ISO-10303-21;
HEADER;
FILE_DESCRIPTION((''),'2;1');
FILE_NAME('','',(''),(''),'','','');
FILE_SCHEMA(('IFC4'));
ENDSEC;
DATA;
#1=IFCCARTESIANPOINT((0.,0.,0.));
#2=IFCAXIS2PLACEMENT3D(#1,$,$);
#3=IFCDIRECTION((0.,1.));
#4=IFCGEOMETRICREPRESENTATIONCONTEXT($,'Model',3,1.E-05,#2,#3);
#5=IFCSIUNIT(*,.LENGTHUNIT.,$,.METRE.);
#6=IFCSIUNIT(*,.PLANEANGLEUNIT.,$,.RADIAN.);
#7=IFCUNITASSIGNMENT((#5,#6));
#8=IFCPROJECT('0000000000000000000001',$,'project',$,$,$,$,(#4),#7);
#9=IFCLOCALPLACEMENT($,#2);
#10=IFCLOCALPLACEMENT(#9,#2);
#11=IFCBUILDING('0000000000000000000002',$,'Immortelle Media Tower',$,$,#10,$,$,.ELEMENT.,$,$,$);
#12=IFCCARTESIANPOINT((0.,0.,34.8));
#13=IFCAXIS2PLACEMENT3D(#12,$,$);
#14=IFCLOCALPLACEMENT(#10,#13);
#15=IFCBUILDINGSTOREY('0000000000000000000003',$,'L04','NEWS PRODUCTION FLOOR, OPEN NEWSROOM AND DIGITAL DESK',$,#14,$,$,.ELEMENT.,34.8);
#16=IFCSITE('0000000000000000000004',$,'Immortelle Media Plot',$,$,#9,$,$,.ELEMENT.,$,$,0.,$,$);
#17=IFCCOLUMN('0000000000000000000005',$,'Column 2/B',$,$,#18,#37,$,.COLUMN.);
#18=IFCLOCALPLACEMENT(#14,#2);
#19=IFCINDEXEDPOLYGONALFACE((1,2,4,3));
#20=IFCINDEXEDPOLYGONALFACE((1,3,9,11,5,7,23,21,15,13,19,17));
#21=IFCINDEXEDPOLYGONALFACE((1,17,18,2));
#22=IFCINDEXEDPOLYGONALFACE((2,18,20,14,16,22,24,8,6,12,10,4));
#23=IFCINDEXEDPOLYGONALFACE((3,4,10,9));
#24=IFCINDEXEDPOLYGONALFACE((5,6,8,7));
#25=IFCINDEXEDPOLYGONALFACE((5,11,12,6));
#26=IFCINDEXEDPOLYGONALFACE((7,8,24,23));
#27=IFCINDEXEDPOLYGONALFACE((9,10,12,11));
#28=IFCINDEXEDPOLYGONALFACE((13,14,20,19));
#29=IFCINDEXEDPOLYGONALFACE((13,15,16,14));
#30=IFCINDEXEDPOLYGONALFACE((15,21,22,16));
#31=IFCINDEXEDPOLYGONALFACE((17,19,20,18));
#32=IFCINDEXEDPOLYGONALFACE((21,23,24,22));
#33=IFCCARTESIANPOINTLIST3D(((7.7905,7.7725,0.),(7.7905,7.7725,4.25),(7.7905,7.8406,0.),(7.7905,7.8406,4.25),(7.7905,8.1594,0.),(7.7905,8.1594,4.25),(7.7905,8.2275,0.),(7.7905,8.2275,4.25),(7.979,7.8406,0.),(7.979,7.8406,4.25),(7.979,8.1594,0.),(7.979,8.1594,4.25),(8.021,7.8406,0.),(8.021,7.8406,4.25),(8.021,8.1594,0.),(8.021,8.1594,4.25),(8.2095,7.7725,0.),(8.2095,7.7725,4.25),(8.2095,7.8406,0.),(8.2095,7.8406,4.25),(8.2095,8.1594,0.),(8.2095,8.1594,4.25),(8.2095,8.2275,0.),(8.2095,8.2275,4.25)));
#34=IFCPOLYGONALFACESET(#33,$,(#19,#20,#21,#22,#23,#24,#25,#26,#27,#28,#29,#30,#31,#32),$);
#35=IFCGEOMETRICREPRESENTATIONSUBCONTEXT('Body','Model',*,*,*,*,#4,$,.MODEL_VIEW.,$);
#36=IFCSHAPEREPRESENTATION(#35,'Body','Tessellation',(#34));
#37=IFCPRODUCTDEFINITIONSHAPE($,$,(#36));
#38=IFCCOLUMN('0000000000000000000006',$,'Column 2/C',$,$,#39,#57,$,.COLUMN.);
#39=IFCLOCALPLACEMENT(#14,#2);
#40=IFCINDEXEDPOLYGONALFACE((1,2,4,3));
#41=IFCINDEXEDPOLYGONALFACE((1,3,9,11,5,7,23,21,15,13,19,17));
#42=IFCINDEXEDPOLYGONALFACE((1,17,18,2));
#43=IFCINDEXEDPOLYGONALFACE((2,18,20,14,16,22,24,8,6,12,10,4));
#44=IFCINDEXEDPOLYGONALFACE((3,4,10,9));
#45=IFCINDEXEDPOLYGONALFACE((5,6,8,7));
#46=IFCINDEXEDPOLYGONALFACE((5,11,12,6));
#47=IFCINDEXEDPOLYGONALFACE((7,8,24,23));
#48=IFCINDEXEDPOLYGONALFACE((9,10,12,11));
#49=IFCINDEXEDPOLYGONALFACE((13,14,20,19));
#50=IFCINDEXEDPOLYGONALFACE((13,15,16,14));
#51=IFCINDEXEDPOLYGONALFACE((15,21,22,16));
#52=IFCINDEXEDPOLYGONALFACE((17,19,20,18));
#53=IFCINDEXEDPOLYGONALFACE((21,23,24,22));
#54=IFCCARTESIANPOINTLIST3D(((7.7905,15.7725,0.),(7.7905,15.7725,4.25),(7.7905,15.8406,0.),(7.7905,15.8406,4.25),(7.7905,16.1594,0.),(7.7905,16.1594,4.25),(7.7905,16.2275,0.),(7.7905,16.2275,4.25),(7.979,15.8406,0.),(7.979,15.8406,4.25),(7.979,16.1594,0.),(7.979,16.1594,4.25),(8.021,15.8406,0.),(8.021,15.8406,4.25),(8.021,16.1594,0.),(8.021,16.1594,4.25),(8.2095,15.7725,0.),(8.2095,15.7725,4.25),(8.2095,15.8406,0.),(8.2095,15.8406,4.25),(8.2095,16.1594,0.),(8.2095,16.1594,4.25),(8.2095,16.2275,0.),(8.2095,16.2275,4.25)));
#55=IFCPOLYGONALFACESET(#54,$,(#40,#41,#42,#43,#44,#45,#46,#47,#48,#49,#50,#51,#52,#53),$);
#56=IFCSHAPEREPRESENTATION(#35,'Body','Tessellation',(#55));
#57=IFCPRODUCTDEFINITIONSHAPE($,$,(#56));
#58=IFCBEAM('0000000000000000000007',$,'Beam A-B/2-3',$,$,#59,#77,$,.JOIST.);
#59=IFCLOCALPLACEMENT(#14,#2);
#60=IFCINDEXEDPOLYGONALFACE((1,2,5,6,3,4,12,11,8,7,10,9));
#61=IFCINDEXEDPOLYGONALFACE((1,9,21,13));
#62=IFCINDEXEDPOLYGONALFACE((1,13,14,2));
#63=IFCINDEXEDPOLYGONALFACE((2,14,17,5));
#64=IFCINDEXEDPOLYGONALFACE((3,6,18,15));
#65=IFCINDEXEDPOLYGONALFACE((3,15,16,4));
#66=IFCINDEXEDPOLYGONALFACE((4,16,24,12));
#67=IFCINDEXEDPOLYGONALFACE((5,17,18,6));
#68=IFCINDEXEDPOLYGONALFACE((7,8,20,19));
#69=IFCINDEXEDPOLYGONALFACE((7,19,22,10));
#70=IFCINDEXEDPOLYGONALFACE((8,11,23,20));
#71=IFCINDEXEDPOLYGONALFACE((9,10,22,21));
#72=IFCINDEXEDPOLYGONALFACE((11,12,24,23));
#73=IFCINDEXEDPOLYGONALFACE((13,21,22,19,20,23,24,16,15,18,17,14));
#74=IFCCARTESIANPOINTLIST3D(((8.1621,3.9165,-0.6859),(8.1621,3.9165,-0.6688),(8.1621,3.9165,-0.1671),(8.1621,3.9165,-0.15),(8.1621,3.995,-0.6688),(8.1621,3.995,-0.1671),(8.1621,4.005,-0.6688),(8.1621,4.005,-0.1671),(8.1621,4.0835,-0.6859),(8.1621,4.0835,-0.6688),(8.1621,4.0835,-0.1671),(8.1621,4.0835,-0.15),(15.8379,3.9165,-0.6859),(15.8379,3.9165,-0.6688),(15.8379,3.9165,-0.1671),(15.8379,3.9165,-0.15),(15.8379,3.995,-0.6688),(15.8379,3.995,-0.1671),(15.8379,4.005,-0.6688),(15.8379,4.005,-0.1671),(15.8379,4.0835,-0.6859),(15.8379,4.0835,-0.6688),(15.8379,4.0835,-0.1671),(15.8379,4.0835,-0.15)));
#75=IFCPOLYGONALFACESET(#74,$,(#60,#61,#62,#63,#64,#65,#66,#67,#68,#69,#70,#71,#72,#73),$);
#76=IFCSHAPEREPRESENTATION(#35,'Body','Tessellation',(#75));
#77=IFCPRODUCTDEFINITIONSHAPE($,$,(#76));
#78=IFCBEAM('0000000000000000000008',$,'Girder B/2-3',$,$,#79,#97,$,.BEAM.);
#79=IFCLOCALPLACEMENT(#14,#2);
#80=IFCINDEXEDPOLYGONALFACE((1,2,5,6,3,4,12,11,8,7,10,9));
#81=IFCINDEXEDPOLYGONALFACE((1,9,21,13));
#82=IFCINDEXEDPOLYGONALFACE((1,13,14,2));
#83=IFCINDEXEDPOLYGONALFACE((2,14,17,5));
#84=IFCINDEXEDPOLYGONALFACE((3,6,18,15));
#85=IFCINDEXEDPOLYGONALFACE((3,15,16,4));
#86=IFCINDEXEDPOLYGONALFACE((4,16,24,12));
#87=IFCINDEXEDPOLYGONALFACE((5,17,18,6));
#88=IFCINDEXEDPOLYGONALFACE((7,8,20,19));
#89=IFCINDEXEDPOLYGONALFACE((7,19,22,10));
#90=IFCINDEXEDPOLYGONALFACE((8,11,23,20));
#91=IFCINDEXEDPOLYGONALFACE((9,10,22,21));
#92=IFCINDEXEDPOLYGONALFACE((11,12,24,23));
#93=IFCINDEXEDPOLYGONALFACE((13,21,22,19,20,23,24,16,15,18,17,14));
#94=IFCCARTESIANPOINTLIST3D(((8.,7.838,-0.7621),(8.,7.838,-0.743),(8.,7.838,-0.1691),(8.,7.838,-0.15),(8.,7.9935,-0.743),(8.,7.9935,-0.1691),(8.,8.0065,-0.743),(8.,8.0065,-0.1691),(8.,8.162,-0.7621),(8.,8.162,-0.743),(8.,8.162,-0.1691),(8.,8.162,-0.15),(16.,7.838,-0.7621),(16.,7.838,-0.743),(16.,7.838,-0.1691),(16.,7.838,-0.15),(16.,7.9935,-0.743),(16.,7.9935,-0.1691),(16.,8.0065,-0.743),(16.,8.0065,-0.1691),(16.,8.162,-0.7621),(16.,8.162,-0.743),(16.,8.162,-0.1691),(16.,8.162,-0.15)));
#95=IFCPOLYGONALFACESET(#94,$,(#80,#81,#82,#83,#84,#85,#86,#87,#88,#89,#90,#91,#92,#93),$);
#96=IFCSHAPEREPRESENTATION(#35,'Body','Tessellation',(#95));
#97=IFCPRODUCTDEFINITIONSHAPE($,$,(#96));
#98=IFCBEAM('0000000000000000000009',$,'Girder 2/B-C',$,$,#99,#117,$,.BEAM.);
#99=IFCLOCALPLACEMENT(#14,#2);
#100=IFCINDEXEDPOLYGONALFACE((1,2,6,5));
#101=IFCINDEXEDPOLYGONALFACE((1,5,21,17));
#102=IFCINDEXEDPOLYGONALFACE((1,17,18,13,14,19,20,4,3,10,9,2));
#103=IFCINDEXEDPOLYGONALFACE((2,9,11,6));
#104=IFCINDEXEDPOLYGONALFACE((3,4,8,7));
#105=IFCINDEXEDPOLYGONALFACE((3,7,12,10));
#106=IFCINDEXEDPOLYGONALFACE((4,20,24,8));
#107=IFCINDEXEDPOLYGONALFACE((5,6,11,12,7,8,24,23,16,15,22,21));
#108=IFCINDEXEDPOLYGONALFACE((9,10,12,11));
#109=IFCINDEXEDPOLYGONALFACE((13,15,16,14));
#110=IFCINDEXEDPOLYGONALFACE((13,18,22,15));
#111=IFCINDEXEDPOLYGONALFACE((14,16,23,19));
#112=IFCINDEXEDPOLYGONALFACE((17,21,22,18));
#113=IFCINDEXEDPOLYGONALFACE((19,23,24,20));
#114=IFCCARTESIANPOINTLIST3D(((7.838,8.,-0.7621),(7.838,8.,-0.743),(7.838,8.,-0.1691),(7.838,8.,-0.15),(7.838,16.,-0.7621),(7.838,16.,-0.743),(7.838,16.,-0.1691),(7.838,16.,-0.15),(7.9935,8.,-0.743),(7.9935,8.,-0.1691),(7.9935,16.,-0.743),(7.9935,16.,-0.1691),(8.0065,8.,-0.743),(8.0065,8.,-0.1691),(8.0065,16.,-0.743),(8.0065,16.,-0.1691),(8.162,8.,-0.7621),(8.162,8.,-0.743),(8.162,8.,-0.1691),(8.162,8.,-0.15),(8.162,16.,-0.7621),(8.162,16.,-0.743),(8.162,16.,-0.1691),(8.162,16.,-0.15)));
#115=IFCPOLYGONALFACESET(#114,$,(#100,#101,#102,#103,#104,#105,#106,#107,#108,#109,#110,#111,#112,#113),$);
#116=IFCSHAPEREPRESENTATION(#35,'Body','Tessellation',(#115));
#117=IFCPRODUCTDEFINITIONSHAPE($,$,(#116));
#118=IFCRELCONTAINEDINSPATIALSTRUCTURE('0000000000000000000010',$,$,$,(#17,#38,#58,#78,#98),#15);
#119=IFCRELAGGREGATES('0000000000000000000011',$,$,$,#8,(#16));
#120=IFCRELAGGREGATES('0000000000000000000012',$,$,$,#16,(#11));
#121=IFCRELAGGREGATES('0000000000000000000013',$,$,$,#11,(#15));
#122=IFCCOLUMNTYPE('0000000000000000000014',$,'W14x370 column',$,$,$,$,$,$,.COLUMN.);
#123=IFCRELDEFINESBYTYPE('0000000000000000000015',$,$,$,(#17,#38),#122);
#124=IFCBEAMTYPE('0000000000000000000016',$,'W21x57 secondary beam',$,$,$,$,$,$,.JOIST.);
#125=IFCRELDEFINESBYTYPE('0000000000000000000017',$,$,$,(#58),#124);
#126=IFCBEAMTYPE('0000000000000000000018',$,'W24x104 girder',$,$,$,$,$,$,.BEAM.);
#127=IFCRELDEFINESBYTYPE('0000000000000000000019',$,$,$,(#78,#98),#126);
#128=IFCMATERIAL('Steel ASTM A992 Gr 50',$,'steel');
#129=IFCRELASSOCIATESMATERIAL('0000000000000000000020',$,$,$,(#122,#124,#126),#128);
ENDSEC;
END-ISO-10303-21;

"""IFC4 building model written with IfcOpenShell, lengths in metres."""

from ifc_helpers import new_model, si_unit, direction, frame, origin, origin_2d, place, context, subcontext, project, spatial, i_section, extrude, material, material_profile, profile_set, type_object, element, save


model = new_model("IFC4")

# Units and contexts
model_context = context("Model", 3, precision=1e-05, world=origin(), true_north=direction((0.0, 1.0)))
body_context = subcontext(model_context, "Body", "Model", "MODEL_VIEW")
ifc_project = project(units=[si_unit("LENGTHUNIT", "METRE"), si_unit("PLANEANGLEUNIT", "RADIAN")], contexts=[model_context])

# Site, building, storey
site_placement = place(None, origin())
site = spatial("IfcSite", under=ifc_project, at=site_placement, Name="Immortelle Media Plot", CompositionType="ELEMENT", RefElevation=0.0)
building_placement = place(site_placement, origin())
building = spatial("IfcBuilding", under=site, at=building_placement, Name="Immortelle Media Tower", CompositionType="ELEMENT")
storey_placement = place(building_placement, frame((0.0, 0.0, 34.8)))
storey = spatial("IfcBuildingStorey", under=building, at=storey_placement, Name="L04", Description="NEWS PRODUCTION FLOOR, OPEN NEWSROOM AND DIGITAL DESK", CompositionType="ELEMENT", Elevation=34.8)

# Columns
ifc_material_1 = material(Name="Steel ASTM A992 Gr 50", Category="steel")
ifc_material_profile_1 = material_profile(ifc_material_1, i_section(OverallWidth=0.4189, OverallDepth=0.4551, WebThickness=0.042, FlangeThickness=0.0681, at=origin_2d()), Name="W14x370")
ifc_profile_set_1 = profile_set([ifc_material_profile_1], Name="Steel ASTM A992 Gr 50")
column_type = type_object("IfcColumnType", Name="W14x370 column", PredefinedType="COLUMN", material=ifc_profile_set_1)
for number, where, z_axis, x_axis, name in (
    (1, (8.0, 8.0, 0.0), (0.0, 0.0, 1.0), (1.0, 0.0, 0.0), "Column 2/B"),
    (2, (8.0, 16.0, 0.0), (0.0, 0.0, 1.0), (1.0, 0.0, 0.0), "Column 2/C"),
):
    element("IfcColumn", number, at=place(storey_placement, frame(where, z_axis=z_axis, x_axis=x_axis)), inside=storey, type_object=column_type, Name=name, PredefinedType="COLUMN", context=body_context, shape_type="SweptSolid", body=[
        extrude(i_section(OverallWidth=0.4189, OverallDepth=0.4551, WebThickness=0.042, FlangeThickness=0.0681, at=origin_2d()), origin(), (0.0, 0.0, 1.0), 4.25),
    ])

# Beams
ifc_material_profile_2 = material_profile(ifc_material_1, i_section(OverallWidth=0.167, OverallDepth=0.5359, WebThickness=0.01, FlangeThickness=0.0171, at=origin_2d()), Name="W21x57")
ifc_profile_set_2 = profile_set([ifc_material_profile_2], Name="Steel ASTM A992 Gr 50")
beam_type_1 = type_object("IfcBeamType", Name="W21x57 secondary beam", PredefinedType="JOIST", material=ifc_profile_set_2)
beam_placement = place(storey_placement, frame((8.1621, 4.0, -0.418), z_axis=(1.0, 0.0, 0.0), x_axis=(0.0, 1.0, 0.0)))
element("IfcBeam", 3, at=beam_placement, inside=storey, type_object=beam_type_1, Name="Beam A-B/2-3", PredefinedType="JOIST", context=body_context, shape_type="SweptSolid", body=[
    extrude(i_section(OverallWidth=0.167, OverallDepth=0.5359, WebThickness=0.01, FlangeThickness=0.0171, at=origin_2d()), origin(), (0.0, 0.0, 1.0), 7.6758),
])
ifc_material_profile_3 = material_profile(ifc_material_1, i_section(OverallWidth=0.324, OverallDepth=0.6121, WebThickness=0.0129, FlangeThickness=0.019, at=origin_2d()), Name="W24x104")
ifc_profile_set_3 = profile_set([ifc_material_profile_3], Name="Steel ASTM A992 Gr 50")
beam_type_2 = type_object("IfcBeamType", Name="W24x104 girder", PredefinedType="BEAM", material=ifc_profile_set_3)
for number, where, z_axis, x_axis, name in (
    (4, (8.0, 8.0, -0.4561), (1.0, 0.0, 0.0), (0.0, 1.0, 0.0), "Girder B/2-3"),
    (5, (8.0, 8.0, -0.4561), (0.0, 1.0, 0.0), (-1.0, 0.0, 0.0), "Girder 2/B-C"),
):
    element("IfcBeam", number, at=place(storey_placement, frame(where, z_axis=z_axis, x_axis=x_axis)), inside=storey, type_object=beam_type_2, Name=name, PredefinedType="BEAM", context=body_context, shape_type="SweptSolid", body=[
        extrude(i_section(OverallWidth=0.324, OverallDepth=0.6121, WebThickness=0.0129, FlangeThickness=0.019, at=origin_2d()), origin(), (0.0, 0.0, 1.0), 8.0),
    ])

save(model, "model.ifc")
